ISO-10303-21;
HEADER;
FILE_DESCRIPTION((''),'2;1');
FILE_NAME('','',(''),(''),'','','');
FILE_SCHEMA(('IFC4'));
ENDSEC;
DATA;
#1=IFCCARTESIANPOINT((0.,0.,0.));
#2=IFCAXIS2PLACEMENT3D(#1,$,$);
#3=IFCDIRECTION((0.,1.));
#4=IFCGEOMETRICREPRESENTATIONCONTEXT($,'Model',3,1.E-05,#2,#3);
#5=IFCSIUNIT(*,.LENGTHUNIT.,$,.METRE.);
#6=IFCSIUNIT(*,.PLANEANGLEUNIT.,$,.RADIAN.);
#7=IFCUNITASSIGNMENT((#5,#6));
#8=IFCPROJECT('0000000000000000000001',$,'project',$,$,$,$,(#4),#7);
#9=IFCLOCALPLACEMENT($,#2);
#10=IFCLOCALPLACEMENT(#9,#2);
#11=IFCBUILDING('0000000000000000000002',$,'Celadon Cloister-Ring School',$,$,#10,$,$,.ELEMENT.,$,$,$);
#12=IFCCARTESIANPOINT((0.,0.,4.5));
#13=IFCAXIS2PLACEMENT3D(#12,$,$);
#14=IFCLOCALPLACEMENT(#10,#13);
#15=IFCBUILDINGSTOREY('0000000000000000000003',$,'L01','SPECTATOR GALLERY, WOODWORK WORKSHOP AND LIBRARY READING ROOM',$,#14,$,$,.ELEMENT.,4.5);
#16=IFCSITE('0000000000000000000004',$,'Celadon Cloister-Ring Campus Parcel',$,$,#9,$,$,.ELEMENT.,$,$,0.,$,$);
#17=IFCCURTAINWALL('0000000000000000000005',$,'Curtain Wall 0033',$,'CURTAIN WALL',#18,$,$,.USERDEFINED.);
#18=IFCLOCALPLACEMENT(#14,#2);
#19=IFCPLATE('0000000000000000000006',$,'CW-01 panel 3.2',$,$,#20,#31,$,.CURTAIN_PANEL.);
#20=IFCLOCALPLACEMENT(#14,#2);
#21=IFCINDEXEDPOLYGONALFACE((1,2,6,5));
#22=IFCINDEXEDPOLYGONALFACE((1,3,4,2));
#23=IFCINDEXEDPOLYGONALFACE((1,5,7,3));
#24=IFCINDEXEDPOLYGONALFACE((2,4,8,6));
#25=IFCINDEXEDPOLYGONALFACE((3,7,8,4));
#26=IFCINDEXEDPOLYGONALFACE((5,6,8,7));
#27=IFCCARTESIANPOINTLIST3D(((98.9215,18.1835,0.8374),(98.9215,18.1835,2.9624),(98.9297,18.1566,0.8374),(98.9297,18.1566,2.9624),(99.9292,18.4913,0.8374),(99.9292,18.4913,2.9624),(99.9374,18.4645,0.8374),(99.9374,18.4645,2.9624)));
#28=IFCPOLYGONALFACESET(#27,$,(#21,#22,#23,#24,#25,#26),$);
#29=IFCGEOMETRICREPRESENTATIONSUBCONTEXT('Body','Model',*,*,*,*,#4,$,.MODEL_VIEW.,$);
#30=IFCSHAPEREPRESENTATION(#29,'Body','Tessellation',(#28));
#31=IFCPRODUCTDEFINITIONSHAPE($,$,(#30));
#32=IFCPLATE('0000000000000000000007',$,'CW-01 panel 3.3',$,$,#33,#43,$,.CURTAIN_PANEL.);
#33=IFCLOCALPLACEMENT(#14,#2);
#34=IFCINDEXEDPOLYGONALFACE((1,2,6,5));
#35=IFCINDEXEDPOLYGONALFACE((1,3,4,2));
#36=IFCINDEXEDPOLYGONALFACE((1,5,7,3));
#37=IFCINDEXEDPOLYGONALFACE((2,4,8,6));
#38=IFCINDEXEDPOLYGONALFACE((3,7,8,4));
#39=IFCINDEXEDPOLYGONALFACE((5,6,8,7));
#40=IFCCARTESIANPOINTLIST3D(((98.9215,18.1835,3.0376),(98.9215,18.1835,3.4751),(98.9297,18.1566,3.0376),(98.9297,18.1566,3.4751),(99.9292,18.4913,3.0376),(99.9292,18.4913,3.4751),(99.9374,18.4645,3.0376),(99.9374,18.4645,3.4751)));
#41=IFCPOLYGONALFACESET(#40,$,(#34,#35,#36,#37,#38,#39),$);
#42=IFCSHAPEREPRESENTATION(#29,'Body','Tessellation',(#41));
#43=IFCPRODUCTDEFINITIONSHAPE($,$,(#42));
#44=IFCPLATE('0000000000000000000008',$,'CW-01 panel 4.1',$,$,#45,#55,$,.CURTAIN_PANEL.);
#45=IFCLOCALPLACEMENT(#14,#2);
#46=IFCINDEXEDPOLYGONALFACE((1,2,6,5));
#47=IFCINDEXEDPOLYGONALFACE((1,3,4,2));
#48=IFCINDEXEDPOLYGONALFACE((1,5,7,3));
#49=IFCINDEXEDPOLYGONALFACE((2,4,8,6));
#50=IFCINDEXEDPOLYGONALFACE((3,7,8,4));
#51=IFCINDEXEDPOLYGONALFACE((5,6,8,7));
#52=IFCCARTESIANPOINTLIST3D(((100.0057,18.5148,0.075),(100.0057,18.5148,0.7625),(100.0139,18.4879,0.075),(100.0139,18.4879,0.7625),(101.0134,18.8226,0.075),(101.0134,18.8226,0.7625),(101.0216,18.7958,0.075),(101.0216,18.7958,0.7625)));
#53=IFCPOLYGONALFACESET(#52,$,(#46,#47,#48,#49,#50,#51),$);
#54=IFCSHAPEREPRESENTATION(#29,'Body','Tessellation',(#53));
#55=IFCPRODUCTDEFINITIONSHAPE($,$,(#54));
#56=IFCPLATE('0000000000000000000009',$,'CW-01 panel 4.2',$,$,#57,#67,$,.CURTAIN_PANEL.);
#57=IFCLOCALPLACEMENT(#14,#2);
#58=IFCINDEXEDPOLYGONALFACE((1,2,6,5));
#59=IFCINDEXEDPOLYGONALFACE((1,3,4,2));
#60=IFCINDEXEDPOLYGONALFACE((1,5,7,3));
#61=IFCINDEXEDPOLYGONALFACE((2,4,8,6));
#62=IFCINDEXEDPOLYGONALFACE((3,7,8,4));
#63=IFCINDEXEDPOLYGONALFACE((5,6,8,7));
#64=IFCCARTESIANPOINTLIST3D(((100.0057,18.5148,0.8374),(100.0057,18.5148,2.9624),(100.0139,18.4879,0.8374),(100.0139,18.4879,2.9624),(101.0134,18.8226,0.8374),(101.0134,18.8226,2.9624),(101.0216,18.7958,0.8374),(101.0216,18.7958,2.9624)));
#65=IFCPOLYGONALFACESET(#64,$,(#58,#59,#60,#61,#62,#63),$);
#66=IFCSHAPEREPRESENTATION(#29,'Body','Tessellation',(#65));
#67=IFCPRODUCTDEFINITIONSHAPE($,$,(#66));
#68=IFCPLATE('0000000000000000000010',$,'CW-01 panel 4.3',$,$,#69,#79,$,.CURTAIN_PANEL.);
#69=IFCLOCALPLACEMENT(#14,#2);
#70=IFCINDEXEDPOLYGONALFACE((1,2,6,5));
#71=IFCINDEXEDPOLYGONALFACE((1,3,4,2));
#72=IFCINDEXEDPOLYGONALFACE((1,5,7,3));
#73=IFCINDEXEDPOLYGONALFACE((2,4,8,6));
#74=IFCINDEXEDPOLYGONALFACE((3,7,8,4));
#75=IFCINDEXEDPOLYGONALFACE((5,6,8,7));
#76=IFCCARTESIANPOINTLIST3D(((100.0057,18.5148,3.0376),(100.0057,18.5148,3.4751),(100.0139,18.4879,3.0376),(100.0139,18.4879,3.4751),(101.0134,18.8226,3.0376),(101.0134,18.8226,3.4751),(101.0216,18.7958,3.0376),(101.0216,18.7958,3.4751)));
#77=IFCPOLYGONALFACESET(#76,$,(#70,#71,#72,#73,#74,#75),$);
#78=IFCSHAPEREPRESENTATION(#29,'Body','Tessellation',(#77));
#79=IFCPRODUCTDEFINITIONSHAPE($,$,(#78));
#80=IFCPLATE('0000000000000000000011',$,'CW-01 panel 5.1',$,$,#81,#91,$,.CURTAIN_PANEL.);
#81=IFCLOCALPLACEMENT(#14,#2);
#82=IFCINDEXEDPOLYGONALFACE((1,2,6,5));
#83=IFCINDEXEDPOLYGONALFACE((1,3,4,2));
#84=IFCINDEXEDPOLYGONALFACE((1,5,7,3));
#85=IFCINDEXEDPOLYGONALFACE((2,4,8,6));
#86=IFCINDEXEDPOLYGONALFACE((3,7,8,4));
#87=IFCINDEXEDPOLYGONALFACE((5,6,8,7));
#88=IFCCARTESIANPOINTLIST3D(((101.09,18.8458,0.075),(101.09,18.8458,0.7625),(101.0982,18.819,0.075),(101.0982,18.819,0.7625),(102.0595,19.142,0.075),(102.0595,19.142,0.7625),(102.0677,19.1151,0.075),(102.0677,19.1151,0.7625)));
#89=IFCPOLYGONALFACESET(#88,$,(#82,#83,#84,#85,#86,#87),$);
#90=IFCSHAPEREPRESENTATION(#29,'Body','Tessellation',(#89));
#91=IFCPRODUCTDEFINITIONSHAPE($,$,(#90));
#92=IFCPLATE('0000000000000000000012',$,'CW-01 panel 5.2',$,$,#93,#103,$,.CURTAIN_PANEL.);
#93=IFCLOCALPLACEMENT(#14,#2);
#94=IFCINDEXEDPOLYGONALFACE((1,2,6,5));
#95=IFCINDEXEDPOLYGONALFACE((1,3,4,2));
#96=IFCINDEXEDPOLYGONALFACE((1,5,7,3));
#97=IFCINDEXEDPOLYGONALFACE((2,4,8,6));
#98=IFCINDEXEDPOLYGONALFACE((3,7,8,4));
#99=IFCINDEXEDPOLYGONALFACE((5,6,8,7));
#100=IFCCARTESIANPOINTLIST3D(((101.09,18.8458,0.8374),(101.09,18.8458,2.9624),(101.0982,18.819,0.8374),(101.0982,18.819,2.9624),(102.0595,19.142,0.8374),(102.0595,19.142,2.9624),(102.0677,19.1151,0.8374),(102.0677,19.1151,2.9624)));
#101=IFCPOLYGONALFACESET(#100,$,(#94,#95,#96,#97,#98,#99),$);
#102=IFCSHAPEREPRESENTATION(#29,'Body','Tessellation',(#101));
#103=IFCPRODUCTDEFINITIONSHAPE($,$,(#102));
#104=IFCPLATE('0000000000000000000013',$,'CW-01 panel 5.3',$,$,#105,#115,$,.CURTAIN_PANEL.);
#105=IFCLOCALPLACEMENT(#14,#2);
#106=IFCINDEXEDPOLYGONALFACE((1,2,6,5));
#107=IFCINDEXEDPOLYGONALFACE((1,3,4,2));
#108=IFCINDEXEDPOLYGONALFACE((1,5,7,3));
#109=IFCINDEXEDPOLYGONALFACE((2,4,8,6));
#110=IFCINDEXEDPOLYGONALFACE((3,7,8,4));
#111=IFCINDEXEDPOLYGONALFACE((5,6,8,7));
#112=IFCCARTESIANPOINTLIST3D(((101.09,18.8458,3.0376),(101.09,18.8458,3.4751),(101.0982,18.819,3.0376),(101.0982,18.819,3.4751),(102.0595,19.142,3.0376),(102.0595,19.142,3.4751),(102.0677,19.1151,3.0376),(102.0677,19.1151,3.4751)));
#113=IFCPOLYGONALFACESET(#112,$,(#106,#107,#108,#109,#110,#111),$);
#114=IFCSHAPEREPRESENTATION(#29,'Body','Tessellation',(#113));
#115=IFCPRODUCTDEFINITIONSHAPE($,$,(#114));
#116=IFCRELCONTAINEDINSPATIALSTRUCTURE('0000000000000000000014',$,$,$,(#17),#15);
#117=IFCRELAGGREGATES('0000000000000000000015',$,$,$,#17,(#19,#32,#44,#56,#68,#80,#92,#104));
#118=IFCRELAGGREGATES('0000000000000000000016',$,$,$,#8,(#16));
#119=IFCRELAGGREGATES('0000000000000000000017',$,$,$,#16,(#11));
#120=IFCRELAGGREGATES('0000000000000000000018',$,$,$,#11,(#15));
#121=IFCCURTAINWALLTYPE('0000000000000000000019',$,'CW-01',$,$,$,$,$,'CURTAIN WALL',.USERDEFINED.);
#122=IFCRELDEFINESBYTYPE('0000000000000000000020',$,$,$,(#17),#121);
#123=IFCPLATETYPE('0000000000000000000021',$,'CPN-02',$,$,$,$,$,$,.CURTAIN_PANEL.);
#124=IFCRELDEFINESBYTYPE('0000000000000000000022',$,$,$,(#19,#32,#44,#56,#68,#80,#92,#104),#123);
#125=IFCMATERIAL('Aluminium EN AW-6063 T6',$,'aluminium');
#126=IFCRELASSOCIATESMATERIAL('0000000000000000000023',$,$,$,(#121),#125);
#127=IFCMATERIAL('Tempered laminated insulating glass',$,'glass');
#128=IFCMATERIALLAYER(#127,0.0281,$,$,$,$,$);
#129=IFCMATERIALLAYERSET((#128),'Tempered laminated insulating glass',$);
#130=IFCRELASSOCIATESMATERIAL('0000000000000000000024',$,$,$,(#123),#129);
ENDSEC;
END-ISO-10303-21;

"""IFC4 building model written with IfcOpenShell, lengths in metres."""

from ifc_helpers import new_model, si_unit, direction, frame, origin, origin_2d, place, context, subcontext, project, spatial, rectangle, extrude, material, layer, layer_set, type_object, element, aggregate, save


model = new_model("IFC4")

# Units and contexts
model_context = context("Model", 3, precision=1e-05, world=origin(), true_north=direction((0.0, 1.0)))
body_context = subcontext(model_context, "Body", "Model", "MODEL_VIEW")
ifc_project = project(units=[si_unit("LENGTHUNIT", "METRE"), si_unit("PLANEANGLEUNIT", "RADIAN")], contexts=[model_context])

# Site, building, storey
site_placement = place(None, origin())
site = spatial("IfcSite", under=ifc_project, at=site_placement, Name="Celadon Cloister-Ring Campus Parcel", CompositionType="ELEMENT", RefElevation=0.0)
building_placement = place(site_placement, origin())
building = spatial("IfcBuilding", under=site, at=building_placement, Name="Celadon Cloister-Ring School", CompositionType="ELEMENT")
storey_placement = place(building_placement, frame((0.0, 0.0, 4.5)))
storey = spatial("IfcBuildingStorey", under=building, at=storey_placement, Name="L01", Description="SPECTATOR GALLERY, WOODWORK WORKSHOP AND LIBRARY READING ROOM", CompositionType="ELEMENT", Elevation=4.5)

# Curtain wall
ifc_material_1 = material(Name="Aluminium EN AW-6063 T6", Category="aluminium")
curtain_wall_type = type_object("IfcCurtainWallType", Name="CW-01", ElementType="CURTAIN WALL", PredefinedType="USERDEFINED", material=ifc_material_1)
curtain_wall_1_placement = place(storey_placement, origin())
curtain_wall_1 = element("IfcCurtainWall", 1, at=curtain_wall_1_placement, inside=storey, type_object=curtain_wall_type, Name="Curtain Wall 0033", ObjectType="CURTAIN WALL", PredefinedType="USERDEFINED")

# Plates
ifc_material_2 = material(Name="Tempered laminated insulating glass", Category="glass")
ifc_layer = layer(ifc_material_2, 0.0281)
ifc_layer_set = layer_set([ifc_layer], Name="Tempered laminated insulating glass")
plate_type = type_object("IfcPlateType", Name="CPN-02", PredefinedType="CURTAIN_PANEL", material=ifc_layer_set)
plate_1_placement = place(storey_placement, frame((99.4294, 18.324, 0.8374), z_axis=(0.0, 0.0, 1.0), x_axis=(0.956372, 0.292151, 0.0)))
plate_1 = element("IfcPlate", 2, at=plate_1_placement, type_object=plate_type, Name="CW-01 panel 3.2", PredefinedType="CURTAIN_PANEL", context=body_context, shape_type="SweptSolid", body=[
    extrude(rectangle(XDim=1.0537, YDim=0.0281, at=origin_2d()), origin(), (0.0, 0.0, 1.0), 2.125),
])
plate_2_placement = place(storey_placement, frame((99.4294, 18.324, 3.0376), z_axis=(0.0, 0.0, 1.0), x_axis=(0.956372, 0.292151, 0.0)))
plate_2 = element("IfcPlate", 3, at=plate_2_placement, type_object=plate_type, Name="CW-01 panel 3.3", PredefinedType="CURTAIN_PANEL", context=body_context, shape_type="SweptSolid", body=[
    extrude(rectangle(XDim=1.0537, YDim=0.0281, at=origin_2d()), origin(), (0.0, 0.0, 1.0), 0.4375),
])
plate_3_placement = place(storey_placement, frame((100.5137, 18.6553, 0.075), z_axis=(0.0, 0.0, 1.0), x_axis=(0.956372, 0.292151, 0.0)))
plate_3 = element("IfcPlate", 4, at=plate_3_placement, type_object=plate_type, Name="CW-01 panel 4.1", PredefinedType="CURTAIN_PANEL", context=body_context, shape_type="SweptSolid", body=[
    extrude(rectangle(XDim=1.0537, YDim=0.0281, at=origin_2d()), origin(), (0.0, 0.0, 1.0), 0.6875),
])
plate_4_placement = place(storey_placement, frame((100.5137, 18.6553, 0.8374), z_axis=(0.0, 0.0, 1.0), x_axis=(0.956372, 0.292151, 0.0)))
plate_4 = element("IfcPlate", 5, at=plate_4_placement, type_object=plate_type, Name="CW-01 panel 4.2", PredefinedType="CURTAIN_PANEL", context=body_context, shape_type="SweptSolid", body=[
    extrude(rectangle(XDim=1.0537, YDim=0.0281, at=origin_2d()), origin(), (0.0, 0.0, 1.0), 2.125),
])
plate_5_placement = place(storey_placement, frame((100.5137, 18.6553, 3.0376), z_axis=(0.0, 0.0, 1.0), x_axis=(0.956372, 0.292151, 0.0)))
plate_5 = element("IfcPlate", 6, at=plate_5_placement, type_object=plate_type, Name="CW-01 panel 4.3", PredefinedType="CURTAIN_PANEL", context=body_context, shape_type="SweptSolid", body=[
    extrude(rectangle(XDim=1.0537, YDim=0.0281, at=origin_2d()), origin(), (0.0, 0.0, 1.0), 0.4375),
])
plate_6_placement = place(storey_placement, frame((101.5789, 18.9805, 0.075), z_axis=(0.0, 0.0, 1.0), x_axis=(0.956372, 0.292151, 0.0)))
plate_6 = element("IfcPlate", 7, at=plate_6_placement, type_object=plate_type, Name="CW-01 panel 5.1", PredefinedType="CURTAIN_PANEL", context=body_context, shape_type="SweptSolid", body=[
    extrude(rectangle(XDim=1.0137, YDim=0.0281, at=origin_2d()), origin(), (0.0, 0.0, 1.0), 0.6875),
])
plate_7_placement = place(storey_placement, frame((101.5789, 18.9805, 0.8374), z_axis=(0.0, 0.0, 1.0), x_axis=(0.956372, 0.292151, 0.0)))
plate_7 = element("IfcPlate", 8, at=plate_7_placement, type_object=plate_type, Name="CW-01 panel 5.2", PredefinedType="CURTAIN_PANEL", context=body_context, shape_type="SweptSolid", body=[
    extrude(rectangle(XDim=1.0137, YDim=0.0281, at=origin_2d()), origin(), (0.0, 0.0, 1.0), 2.125),
])
plate_8_placement = place(storey_placement, frame((101.5789, 18.9805, 3.0376), z_axis=(0.0, 0.0, 1.0), x_axis=(0.956372, 0.292151, 0.0)))
plate_8 = element("IfcPlate", 9, at=plate_8_placement, type_object=plate_type, Name="CW-01 panel 5.3", PredefinedType="CURTAIN_PANEL", context=body_context, shape_type="SweptSolid", body=[
    extrude(rectangle(XDim=1.0137, YDim=0.0281, at=origin_2d()), origin(), (0.0, 0.0, 1.0), 0.4375),
])
aggregate(curtain_wall_1, [plate_1, plate_2, plate_3, plate_4, plate_5, plate_6, plate_7, plate_8])

save(model, "model.ifc")
